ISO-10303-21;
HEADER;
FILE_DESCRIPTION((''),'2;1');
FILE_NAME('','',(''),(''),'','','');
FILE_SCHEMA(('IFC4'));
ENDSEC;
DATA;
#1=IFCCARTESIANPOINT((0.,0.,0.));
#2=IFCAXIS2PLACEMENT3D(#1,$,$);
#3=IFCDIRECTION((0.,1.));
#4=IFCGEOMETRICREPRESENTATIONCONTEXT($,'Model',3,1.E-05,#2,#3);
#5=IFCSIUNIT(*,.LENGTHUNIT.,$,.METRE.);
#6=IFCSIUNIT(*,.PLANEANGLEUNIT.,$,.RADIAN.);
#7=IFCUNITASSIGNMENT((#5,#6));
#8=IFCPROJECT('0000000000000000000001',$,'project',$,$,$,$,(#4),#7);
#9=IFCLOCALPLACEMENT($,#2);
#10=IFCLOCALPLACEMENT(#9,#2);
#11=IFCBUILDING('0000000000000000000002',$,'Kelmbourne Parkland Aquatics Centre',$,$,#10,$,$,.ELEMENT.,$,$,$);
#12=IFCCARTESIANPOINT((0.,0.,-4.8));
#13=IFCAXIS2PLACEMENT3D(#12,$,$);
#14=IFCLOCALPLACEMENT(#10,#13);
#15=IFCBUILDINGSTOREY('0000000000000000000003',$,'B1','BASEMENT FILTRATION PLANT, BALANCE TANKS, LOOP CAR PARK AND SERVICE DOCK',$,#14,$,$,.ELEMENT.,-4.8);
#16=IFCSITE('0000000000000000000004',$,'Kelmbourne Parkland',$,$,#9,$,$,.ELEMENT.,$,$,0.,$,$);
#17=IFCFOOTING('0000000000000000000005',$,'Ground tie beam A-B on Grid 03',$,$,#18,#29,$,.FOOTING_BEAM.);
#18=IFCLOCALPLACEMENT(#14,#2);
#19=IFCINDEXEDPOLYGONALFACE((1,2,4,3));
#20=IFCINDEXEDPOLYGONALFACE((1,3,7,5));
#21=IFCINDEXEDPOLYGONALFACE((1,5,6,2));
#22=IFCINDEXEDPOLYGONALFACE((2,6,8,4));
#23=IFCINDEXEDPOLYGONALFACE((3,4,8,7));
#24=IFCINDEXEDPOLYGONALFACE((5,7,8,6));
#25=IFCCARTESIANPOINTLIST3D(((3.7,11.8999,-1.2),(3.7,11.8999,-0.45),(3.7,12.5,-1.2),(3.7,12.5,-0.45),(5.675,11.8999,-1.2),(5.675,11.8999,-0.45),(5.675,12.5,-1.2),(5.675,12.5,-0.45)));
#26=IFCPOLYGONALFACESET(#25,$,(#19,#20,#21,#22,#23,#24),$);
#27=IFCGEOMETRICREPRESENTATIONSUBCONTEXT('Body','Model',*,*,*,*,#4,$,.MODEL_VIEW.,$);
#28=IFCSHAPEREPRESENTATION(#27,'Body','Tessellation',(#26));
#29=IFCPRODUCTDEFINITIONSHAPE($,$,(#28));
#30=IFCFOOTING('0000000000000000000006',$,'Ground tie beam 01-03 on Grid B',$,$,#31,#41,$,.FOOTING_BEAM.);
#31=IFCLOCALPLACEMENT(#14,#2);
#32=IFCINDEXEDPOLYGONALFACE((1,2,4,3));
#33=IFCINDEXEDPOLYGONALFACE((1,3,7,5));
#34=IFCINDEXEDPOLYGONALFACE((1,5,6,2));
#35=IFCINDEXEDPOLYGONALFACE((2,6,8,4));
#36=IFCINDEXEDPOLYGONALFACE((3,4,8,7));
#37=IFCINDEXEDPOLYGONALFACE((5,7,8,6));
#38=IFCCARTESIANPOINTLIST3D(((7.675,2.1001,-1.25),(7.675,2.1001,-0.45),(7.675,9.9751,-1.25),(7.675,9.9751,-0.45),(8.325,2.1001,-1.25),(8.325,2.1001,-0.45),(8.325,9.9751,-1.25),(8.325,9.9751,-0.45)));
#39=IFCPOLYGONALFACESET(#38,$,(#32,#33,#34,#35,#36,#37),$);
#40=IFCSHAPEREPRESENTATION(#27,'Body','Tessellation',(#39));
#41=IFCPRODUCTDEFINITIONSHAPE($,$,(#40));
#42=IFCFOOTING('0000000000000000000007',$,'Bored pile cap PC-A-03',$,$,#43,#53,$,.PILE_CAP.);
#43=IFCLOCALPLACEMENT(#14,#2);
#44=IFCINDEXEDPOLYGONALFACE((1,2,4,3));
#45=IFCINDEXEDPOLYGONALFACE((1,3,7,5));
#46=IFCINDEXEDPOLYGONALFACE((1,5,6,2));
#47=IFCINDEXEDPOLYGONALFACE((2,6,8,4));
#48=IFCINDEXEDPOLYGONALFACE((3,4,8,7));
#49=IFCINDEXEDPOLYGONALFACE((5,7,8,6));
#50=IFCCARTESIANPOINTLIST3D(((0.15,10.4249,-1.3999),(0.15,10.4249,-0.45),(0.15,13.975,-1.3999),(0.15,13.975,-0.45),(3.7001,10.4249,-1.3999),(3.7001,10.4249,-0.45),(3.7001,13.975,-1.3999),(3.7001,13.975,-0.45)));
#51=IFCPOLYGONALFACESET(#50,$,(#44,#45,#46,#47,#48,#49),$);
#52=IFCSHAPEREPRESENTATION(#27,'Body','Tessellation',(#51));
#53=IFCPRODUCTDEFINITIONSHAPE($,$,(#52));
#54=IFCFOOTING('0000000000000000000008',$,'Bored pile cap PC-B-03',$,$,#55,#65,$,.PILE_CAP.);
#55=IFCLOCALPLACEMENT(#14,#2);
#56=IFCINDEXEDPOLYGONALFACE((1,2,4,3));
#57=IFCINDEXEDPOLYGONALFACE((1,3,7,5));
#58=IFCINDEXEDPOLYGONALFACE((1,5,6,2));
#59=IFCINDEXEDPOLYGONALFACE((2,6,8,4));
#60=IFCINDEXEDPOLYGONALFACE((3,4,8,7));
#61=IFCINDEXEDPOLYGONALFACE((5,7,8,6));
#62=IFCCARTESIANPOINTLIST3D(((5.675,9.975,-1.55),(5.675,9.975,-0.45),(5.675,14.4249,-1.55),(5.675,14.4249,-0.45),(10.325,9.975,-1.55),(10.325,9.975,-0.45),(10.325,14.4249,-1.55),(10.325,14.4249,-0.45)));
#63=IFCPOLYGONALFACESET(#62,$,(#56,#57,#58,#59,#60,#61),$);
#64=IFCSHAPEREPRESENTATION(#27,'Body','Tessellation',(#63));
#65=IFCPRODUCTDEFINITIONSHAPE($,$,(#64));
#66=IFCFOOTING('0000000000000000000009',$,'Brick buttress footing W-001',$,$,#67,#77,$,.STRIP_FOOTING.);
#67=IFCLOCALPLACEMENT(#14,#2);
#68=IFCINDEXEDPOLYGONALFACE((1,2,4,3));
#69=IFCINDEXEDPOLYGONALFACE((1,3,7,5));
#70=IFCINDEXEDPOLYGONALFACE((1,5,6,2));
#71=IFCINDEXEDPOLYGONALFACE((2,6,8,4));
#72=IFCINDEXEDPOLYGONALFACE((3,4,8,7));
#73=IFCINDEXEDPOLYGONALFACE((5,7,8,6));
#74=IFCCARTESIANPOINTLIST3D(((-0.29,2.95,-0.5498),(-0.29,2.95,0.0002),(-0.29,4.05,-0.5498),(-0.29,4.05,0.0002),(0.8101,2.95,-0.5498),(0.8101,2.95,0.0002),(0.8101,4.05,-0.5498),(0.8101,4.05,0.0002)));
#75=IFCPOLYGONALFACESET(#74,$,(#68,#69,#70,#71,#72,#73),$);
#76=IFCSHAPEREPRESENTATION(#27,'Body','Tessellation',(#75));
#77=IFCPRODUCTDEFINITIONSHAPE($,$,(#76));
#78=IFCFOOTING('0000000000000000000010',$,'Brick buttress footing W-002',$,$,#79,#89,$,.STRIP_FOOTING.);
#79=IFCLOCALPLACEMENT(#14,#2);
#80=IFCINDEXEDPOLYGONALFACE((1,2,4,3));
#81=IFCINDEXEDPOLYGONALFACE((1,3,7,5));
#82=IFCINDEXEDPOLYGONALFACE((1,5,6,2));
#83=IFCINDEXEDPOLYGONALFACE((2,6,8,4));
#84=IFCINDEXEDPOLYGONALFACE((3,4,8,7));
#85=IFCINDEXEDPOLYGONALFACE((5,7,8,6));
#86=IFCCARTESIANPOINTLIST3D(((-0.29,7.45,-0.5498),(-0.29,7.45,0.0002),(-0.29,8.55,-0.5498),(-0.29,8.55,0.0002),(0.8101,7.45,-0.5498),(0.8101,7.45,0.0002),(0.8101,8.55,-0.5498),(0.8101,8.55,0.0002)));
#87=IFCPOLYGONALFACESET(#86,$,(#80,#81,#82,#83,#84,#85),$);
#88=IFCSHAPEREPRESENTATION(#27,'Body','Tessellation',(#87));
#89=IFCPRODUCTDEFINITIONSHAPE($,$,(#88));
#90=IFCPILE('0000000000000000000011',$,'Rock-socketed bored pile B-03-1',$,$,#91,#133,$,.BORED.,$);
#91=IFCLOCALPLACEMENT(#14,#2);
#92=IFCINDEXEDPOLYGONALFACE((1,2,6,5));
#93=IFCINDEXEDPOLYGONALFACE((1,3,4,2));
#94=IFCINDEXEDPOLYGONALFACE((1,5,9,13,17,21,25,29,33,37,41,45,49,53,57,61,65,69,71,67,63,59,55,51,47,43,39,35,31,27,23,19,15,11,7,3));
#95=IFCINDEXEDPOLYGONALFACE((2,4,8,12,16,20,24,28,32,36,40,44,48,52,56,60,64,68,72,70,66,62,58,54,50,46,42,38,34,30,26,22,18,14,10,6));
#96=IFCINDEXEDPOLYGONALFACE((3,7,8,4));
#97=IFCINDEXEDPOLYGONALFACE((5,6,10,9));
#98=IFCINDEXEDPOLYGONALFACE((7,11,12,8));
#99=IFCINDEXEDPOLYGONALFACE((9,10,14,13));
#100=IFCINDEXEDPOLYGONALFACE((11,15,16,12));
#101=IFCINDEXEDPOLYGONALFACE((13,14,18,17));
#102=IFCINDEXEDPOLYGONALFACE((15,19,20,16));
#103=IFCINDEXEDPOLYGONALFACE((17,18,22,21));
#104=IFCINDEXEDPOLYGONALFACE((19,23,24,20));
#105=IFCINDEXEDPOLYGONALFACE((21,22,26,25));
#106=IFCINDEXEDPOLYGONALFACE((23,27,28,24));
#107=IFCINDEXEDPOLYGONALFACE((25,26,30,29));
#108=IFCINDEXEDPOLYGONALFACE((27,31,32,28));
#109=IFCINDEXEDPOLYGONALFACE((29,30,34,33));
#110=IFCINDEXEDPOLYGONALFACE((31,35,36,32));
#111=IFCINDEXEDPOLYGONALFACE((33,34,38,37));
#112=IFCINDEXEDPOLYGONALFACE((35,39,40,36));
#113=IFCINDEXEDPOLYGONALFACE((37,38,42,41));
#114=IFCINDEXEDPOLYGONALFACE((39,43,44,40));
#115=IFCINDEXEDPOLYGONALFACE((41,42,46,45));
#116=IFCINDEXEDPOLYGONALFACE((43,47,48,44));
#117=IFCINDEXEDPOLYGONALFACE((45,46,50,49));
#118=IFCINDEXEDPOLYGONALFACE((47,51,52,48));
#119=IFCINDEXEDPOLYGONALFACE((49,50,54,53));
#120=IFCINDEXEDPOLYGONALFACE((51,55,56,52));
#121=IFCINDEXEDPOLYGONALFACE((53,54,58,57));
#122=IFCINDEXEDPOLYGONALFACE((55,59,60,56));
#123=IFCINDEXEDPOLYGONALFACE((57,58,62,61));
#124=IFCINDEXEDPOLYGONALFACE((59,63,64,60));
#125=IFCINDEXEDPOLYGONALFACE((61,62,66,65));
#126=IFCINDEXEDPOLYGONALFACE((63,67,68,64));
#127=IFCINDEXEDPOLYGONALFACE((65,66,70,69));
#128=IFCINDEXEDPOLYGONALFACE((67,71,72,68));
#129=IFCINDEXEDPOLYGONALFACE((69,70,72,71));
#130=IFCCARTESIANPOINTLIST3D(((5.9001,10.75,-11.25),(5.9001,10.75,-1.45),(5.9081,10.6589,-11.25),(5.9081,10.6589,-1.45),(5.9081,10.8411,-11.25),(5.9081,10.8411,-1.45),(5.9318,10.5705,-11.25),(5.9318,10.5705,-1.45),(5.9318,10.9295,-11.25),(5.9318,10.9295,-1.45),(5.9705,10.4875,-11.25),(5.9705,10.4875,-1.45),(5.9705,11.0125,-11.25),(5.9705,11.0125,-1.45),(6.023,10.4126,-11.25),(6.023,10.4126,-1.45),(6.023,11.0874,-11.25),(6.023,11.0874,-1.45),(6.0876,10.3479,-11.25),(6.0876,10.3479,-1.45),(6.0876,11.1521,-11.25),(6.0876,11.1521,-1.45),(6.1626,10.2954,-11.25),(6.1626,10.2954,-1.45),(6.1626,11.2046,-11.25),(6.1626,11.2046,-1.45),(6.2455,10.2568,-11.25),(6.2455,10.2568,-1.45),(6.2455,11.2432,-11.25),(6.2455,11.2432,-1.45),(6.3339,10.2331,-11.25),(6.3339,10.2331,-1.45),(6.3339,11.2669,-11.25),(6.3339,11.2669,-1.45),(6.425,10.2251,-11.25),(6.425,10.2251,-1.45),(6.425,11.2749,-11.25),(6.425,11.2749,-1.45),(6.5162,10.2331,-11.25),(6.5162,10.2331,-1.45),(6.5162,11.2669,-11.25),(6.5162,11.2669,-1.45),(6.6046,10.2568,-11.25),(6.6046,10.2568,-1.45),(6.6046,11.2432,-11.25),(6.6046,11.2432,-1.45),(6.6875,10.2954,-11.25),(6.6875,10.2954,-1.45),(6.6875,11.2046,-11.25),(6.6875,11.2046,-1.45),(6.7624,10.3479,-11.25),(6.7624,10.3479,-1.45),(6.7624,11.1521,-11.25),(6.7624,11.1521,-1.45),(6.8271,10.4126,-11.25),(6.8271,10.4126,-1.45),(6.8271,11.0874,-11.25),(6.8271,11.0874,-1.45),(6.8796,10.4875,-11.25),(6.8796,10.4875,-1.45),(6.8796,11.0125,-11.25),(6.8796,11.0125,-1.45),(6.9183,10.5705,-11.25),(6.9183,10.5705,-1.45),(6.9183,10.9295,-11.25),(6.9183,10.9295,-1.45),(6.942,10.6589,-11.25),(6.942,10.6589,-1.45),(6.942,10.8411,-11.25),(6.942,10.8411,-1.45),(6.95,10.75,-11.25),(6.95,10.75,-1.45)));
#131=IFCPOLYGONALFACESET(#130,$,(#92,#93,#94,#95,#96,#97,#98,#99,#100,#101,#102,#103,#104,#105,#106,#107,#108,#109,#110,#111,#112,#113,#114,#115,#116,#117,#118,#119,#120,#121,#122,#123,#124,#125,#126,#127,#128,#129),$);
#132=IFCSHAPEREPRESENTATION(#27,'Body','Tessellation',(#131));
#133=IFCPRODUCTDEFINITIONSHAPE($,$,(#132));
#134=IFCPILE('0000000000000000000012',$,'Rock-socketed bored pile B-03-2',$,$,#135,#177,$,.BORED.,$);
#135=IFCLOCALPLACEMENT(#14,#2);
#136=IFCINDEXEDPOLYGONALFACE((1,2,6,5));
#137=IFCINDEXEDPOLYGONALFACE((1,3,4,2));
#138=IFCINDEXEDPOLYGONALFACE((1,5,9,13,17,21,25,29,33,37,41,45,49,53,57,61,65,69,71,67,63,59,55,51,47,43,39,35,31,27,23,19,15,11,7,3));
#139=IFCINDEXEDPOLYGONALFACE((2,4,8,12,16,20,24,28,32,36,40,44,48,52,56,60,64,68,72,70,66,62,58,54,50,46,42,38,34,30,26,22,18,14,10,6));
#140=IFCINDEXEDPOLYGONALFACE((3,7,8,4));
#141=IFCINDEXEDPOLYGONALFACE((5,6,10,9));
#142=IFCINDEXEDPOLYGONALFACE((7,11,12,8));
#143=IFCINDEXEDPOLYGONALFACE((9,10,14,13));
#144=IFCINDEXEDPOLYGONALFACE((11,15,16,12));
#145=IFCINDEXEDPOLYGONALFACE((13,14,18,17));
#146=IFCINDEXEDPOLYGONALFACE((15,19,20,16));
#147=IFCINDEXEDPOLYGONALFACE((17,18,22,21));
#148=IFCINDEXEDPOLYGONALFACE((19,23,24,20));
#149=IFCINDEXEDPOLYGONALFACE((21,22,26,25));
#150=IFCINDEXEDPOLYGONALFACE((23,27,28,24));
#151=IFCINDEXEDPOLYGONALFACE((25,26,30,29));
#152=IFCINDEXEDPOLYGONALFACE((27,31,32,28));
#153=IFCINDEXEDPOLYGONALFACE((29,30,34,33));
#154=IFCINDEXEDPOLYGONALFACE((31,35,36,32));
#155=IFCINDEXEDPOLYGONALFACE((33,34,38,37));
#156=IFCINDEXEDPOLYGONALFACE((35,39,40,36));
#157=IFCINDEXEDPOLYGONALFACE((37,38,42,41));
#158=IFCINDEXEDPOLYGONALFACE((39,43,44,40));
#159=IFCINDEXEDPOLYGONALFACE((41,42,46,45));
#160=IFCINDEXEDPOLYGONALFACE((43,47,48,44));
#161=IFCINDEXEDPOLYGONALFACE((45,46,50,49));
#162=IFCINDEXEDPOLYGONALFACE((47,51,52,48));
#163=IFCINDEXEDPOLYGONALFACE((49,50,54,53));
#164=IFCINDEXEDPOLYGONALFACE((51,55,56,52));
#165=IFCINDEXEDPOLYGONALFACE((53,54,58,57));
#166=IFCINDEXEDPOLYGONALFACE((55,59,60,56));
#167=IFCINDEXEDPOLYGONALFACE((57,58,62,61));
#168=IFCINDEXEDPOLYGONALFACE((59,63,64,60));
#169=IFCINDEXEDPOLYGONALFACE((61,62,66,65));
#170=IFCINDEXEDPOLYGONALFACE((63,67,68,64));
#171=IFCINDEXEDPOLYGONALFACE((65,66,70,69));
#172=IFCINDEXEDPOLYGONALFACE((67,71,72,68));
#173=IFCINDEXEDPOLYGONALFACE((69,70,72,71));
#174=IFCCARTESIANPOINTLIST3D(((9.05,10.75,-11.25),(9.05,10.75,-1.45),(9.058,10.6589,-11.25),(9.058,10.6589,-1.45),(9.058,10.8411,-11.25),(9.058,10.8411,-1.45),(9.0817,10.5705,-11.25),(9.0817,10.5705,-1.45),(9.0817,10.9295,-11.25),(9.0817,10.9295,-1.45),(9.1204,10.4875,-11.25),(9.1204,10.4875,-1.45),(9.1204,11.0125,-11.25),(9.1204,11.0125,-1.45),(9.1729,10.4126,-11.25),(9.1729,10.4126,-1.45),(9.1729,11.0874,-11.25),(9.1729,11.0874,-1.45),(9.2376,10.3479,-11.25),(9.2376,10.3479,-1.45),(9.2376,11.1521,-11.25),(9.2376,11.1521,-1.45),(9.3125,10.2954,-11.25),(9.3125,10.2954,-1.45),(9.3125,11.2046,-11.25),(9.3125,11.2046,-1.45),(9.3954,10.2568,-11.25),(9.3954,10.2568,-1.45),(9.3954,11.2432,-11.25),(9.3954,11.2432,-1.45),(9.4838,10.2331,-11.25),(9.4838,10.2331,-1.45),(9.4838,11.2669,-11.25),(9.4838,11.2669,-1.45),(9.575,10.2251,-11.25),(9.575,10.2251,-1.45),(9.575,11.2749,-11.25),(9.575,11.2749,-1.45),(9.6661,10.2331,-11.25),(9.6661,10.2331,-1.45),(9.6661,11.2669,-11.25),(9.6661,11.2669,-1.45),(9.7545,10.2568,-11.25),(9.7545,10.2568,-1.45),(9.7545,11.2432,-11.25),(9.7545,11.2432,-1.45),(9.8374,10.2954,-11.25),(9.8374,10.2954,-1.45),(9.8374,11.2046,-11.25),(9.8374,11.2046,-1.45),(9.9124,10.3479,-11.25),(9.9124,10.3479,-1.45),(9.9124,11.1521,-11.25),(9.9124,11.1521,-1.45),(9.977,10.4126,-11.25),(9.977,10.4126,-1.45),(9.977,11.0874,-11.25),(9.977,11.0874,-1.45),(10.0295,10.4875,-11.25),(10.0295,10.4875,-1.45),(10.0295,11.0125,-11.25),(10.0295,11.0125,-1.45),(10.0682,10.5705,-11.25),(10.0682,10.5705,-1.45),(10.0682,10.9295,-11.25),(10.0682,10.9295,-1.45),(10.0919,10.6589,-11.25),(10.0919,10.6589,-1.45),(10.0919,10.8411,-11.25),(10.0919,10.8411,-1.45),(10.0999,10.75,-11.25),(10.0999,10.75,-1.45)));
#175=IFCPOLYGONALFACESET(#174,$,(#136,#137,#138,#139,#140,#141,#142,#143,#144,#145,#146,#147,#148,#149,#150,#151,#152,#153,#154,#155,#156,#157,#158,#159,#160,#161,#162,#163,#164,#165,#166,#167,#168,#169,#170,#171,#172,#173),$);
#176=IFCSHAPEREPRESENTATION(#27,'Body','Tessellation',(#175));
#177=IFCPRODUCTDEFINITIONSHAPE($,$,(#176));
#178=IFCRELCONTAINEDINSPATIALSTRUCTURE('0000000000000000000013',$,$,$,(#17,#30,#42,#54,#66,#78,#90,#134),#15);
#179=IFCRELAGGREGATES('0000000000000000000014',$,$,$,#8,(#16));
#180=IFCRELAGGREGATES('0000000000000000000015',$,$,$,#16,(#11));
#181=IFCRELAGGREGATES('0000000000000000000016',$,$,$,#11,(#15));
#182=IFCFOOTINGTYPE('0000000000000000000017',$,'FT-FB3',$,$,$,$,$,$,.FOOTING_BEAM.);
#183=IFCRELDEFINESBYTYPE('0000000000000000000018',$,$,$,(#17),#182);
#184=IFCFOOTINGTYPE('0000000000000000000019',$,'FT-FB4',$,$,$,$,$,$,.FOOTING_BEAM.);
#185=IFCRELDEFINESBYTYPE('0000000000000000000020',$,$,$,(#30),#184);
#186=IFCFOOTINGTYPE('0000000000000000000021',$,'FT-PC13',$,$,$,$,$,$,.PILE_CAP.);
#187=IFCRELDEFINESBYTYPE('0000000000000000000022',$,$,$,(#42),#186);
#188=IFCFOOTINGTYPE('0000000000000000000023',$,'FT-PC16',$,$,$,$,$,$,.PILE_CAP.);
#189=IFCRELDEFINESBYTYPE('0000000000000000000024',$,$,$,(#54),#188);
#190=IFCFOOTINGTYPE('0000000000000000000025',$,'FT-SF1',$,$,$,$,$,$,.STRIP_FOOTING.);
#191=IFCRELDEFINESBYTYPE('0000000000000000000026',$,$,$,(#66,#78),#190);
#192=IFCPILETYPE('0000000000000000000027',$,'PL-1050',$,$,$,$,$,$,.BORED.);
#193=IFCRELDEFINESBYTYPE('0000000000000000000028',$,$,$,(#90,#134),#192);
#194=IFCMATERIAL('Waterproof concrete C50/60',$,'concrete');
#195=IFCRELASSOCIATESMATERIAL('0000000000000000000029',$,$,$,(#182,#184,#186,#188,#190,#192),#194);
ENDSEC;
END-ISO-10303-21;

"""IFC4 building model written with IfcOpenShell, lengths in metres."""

from ifc_helpers import new_model, si_unit, direction, frame, origin, origin_2d, place, context, subcontext, project, spatial, rectangle, circle, extrude, material, material_profile, profile_set, type_object, element, save


model = new_model("IFC4")

# Units and contexts
model_context = context("Model", 3, precision=1e-05, world=origin(), true_north=direction((0.0, 1.0)))
body_context = subcontext(model_context, "Body", "Model", "MODEL_VIEW")
ifc_project = project(units=[si_unit("LENGTHUNIT", "METRE"), si_unit("PLANEANGLEUNIT", "RADIAN")], contexts=[model_context])

# Site, building, storey
site_placement = place(None, origin())
site = spatial("IfcSite", under=ifc_project, at=site_placement, Name="Kelmbourne Parkland", CompositionType="ELEMENT", RefElevation=0.0)
building_placement = place(site_placement, origin())
building = spatial("IfcBuilding", under=site, at=building_placement, Name="Kelmbourne Parkland Aquatics Centre", CompositionType="ELEMENT")
storey_placement = place(building_placement, frame((0.0, 0.0, -4.8)))
storey = spatial("IfcBuildingStorey", under=building, at=storey_placement, Name="B1", Description="BASEMENT FILTRATION PLANT, BALANCE TANKS, LOOP CAR PARK AND SERVICE DOCK", CompositionType="ELEMENT", Elevation=-4.8)

# Footings
ifc_material_1 = material(Name="Waterproof concrete C50/60", Category="concrete")
footing_type_1 = type_object("IfcFootingType", Name="FT-FB3", PredefinedType="FOOTING_BEAM", material=ifc_material_1)
footing_1_placement = place(storey_placement, frame((4.6875, 12.2, -1.2), z_axis=(0.0, 0.0, 1.0), x_axis=(1.0, 0.0, 0.0)))
element("IfcFooting", 1, at=footing_1_placement, inside=storey, type_object=footing_type_1, Name="Ground tie beam A-B on Grid 03", PredefinedType="FOOTING_BEAM", context=body_context, shape_type="SweptSolid", body=[
    extrude(rectangle(XDim=1.9751, YDim=0.6001, at=origin_2d()), origin(), (0.0, 0.0, 1.0), 0.75),
])
footing_type_2 = type_object("IfcFootingType", Name="FT-FB4", PredefinedType="FOOTING_BEAM", material=ifc_material_1)
footing_2_placement = place(storey_placement, frame((8.0, 6.0376, -1.25), z_axis=(0.0, 0.0, 1.0), x_axis=(0.0, 1.0, 0.0)))
element("IfcFooting", 2, at=footing_2_placement, inside=storey, type_object=footing_type_2, Name="Ground tie beam 01-03 on Grid B", PredefinedType="FOOTING_BEAM", context=body_context, shape_type="SweptSolid", body=[
    extrude(rectangle(XDim=7.875, YDim=0.6499, at=origin_2d()), origin(), (0.0, 0.0, 1.0), 0.8),
])
footing_type_3 = type_object("IfcFootingType", Name="FT-PC13", PredefinedType="PILE_CAP", material=ifc_material_1)
footing_3_placement = place(storey_placement, frame((1.925, 12.2, -1.3999), z_axis=(0.0, 0.0, 1.0), x_axis=(1.0, 0.0, 0.0)))
element("IfcFooting", 3, at=footing_3_placement, inside=storey, type_object=footing_type_3, Name="Bored pile cap PC-A-03", PredefinedType="PILE_CAP", context=body_context, shape_type="SweptSolid", body=[
    extrude(rectangle(XDim=3.55, YDim=3.55, at=origin_2d()), origin(), (0.0, 0.0, 1.0), 0.95),
])
footing_type_4 = type_object("IfcFootingType", Name="FT-PC16", PredefinedType="PILE_CAP", material=ifc_material_1)
footing_4_placement = place(storey_placement, frame((8.0, 12.2, -1.55), z_axis=(0.0, 0.0, 1.0), x_axis=(1.0, 0.0, 0.0)))
element("IfcFooting", 4, at=footing_4_placement, inside=storey, type_object=footing_type_4, Name="Bored pile cap PC-B-03", PredefinedType="PILE_CAP", context=body_context, shape_type="SweptSolid", body=[
    extrude(rectangle(XDim=4.6499, YDim=4.45, at=origin_2d()), origin(), (0.0, 0.0, 1.0), 1.1001),
])
footing_type_5 = type_object("IfcFootingType", Name="FT-SF1", PredefinedType="STRIP_FOOTING", material=ifc_material_1)
for number, where, z_axis, x_axis, name in (
    (5, (0.26, 3.5, -0.5498), (0.0, 0.0, 1.0), (1.0, 0.0, 0.0), "Brick buttress footing W-001"),
    (6, (0.26, 8.0, -0.5498), (0.0, 0.0, 1.0), (1.0, 0.0, 0.0), "Brick buttress footing W-002"),
):
    element("IfcFooting", number, at=place(storey_placement, frame(where, z_axis=z_axis, x_axis=x_axis)), inside=storey, type_object=footing_type_5, Name=name, PredefinedType="STRIP_FOOTING", context=body_context, shape_type="SweptSolid", body=[
        extrude(rectangle(XDim=1.1001, YDim=1.1001, at=origin_2d()), origin(), (0.0, 0.0, 1.0), 0.55),
    ])

# Piles
ifc_material_profile_1 = material_profile(ifc_material_1, circle(Radius=0.5249, at=origin_2d()), Name="PILE D1050")
ifc_profile_set_1 = profile_set([ifc_material_profile_1], Name="Waterproof concrete C50/60")
pile_type_1 = type_object("IfcPileType", Name="PL-1050", PredefinedType="BORED", material=ifc_profile_set_1)
for number, where, z_axis, x_axis, name in (
    (7, (6.425, 10.75, -1.45), (0.0, 0.0, -1.0), (1.0, 0.0, 0.0), "Rock-socketed bored pile B-03-1"),
    (8, (9.575, 10.75, -1.45), (0.0, 0.0, -1.0), (1.0, 0.0, 0.0), "Rock-socketed bored pile B-03-2"),
):
    element("IfcPile", number, at=place(storey_placement, frame(where, z_axis=z_axis, x_axis=x_axis)), inside=storey, type_object=pile_type_1, Name=name, PredefinedType="BORED", context=body_context, shape_type="SweptSolid", body=[
        extrude(circle(Radius=0.5249, at=origin_2d()), origin(), (0.0, 0.0, 1.0), 9.8),
    ])

save(model, "model.ifc")
